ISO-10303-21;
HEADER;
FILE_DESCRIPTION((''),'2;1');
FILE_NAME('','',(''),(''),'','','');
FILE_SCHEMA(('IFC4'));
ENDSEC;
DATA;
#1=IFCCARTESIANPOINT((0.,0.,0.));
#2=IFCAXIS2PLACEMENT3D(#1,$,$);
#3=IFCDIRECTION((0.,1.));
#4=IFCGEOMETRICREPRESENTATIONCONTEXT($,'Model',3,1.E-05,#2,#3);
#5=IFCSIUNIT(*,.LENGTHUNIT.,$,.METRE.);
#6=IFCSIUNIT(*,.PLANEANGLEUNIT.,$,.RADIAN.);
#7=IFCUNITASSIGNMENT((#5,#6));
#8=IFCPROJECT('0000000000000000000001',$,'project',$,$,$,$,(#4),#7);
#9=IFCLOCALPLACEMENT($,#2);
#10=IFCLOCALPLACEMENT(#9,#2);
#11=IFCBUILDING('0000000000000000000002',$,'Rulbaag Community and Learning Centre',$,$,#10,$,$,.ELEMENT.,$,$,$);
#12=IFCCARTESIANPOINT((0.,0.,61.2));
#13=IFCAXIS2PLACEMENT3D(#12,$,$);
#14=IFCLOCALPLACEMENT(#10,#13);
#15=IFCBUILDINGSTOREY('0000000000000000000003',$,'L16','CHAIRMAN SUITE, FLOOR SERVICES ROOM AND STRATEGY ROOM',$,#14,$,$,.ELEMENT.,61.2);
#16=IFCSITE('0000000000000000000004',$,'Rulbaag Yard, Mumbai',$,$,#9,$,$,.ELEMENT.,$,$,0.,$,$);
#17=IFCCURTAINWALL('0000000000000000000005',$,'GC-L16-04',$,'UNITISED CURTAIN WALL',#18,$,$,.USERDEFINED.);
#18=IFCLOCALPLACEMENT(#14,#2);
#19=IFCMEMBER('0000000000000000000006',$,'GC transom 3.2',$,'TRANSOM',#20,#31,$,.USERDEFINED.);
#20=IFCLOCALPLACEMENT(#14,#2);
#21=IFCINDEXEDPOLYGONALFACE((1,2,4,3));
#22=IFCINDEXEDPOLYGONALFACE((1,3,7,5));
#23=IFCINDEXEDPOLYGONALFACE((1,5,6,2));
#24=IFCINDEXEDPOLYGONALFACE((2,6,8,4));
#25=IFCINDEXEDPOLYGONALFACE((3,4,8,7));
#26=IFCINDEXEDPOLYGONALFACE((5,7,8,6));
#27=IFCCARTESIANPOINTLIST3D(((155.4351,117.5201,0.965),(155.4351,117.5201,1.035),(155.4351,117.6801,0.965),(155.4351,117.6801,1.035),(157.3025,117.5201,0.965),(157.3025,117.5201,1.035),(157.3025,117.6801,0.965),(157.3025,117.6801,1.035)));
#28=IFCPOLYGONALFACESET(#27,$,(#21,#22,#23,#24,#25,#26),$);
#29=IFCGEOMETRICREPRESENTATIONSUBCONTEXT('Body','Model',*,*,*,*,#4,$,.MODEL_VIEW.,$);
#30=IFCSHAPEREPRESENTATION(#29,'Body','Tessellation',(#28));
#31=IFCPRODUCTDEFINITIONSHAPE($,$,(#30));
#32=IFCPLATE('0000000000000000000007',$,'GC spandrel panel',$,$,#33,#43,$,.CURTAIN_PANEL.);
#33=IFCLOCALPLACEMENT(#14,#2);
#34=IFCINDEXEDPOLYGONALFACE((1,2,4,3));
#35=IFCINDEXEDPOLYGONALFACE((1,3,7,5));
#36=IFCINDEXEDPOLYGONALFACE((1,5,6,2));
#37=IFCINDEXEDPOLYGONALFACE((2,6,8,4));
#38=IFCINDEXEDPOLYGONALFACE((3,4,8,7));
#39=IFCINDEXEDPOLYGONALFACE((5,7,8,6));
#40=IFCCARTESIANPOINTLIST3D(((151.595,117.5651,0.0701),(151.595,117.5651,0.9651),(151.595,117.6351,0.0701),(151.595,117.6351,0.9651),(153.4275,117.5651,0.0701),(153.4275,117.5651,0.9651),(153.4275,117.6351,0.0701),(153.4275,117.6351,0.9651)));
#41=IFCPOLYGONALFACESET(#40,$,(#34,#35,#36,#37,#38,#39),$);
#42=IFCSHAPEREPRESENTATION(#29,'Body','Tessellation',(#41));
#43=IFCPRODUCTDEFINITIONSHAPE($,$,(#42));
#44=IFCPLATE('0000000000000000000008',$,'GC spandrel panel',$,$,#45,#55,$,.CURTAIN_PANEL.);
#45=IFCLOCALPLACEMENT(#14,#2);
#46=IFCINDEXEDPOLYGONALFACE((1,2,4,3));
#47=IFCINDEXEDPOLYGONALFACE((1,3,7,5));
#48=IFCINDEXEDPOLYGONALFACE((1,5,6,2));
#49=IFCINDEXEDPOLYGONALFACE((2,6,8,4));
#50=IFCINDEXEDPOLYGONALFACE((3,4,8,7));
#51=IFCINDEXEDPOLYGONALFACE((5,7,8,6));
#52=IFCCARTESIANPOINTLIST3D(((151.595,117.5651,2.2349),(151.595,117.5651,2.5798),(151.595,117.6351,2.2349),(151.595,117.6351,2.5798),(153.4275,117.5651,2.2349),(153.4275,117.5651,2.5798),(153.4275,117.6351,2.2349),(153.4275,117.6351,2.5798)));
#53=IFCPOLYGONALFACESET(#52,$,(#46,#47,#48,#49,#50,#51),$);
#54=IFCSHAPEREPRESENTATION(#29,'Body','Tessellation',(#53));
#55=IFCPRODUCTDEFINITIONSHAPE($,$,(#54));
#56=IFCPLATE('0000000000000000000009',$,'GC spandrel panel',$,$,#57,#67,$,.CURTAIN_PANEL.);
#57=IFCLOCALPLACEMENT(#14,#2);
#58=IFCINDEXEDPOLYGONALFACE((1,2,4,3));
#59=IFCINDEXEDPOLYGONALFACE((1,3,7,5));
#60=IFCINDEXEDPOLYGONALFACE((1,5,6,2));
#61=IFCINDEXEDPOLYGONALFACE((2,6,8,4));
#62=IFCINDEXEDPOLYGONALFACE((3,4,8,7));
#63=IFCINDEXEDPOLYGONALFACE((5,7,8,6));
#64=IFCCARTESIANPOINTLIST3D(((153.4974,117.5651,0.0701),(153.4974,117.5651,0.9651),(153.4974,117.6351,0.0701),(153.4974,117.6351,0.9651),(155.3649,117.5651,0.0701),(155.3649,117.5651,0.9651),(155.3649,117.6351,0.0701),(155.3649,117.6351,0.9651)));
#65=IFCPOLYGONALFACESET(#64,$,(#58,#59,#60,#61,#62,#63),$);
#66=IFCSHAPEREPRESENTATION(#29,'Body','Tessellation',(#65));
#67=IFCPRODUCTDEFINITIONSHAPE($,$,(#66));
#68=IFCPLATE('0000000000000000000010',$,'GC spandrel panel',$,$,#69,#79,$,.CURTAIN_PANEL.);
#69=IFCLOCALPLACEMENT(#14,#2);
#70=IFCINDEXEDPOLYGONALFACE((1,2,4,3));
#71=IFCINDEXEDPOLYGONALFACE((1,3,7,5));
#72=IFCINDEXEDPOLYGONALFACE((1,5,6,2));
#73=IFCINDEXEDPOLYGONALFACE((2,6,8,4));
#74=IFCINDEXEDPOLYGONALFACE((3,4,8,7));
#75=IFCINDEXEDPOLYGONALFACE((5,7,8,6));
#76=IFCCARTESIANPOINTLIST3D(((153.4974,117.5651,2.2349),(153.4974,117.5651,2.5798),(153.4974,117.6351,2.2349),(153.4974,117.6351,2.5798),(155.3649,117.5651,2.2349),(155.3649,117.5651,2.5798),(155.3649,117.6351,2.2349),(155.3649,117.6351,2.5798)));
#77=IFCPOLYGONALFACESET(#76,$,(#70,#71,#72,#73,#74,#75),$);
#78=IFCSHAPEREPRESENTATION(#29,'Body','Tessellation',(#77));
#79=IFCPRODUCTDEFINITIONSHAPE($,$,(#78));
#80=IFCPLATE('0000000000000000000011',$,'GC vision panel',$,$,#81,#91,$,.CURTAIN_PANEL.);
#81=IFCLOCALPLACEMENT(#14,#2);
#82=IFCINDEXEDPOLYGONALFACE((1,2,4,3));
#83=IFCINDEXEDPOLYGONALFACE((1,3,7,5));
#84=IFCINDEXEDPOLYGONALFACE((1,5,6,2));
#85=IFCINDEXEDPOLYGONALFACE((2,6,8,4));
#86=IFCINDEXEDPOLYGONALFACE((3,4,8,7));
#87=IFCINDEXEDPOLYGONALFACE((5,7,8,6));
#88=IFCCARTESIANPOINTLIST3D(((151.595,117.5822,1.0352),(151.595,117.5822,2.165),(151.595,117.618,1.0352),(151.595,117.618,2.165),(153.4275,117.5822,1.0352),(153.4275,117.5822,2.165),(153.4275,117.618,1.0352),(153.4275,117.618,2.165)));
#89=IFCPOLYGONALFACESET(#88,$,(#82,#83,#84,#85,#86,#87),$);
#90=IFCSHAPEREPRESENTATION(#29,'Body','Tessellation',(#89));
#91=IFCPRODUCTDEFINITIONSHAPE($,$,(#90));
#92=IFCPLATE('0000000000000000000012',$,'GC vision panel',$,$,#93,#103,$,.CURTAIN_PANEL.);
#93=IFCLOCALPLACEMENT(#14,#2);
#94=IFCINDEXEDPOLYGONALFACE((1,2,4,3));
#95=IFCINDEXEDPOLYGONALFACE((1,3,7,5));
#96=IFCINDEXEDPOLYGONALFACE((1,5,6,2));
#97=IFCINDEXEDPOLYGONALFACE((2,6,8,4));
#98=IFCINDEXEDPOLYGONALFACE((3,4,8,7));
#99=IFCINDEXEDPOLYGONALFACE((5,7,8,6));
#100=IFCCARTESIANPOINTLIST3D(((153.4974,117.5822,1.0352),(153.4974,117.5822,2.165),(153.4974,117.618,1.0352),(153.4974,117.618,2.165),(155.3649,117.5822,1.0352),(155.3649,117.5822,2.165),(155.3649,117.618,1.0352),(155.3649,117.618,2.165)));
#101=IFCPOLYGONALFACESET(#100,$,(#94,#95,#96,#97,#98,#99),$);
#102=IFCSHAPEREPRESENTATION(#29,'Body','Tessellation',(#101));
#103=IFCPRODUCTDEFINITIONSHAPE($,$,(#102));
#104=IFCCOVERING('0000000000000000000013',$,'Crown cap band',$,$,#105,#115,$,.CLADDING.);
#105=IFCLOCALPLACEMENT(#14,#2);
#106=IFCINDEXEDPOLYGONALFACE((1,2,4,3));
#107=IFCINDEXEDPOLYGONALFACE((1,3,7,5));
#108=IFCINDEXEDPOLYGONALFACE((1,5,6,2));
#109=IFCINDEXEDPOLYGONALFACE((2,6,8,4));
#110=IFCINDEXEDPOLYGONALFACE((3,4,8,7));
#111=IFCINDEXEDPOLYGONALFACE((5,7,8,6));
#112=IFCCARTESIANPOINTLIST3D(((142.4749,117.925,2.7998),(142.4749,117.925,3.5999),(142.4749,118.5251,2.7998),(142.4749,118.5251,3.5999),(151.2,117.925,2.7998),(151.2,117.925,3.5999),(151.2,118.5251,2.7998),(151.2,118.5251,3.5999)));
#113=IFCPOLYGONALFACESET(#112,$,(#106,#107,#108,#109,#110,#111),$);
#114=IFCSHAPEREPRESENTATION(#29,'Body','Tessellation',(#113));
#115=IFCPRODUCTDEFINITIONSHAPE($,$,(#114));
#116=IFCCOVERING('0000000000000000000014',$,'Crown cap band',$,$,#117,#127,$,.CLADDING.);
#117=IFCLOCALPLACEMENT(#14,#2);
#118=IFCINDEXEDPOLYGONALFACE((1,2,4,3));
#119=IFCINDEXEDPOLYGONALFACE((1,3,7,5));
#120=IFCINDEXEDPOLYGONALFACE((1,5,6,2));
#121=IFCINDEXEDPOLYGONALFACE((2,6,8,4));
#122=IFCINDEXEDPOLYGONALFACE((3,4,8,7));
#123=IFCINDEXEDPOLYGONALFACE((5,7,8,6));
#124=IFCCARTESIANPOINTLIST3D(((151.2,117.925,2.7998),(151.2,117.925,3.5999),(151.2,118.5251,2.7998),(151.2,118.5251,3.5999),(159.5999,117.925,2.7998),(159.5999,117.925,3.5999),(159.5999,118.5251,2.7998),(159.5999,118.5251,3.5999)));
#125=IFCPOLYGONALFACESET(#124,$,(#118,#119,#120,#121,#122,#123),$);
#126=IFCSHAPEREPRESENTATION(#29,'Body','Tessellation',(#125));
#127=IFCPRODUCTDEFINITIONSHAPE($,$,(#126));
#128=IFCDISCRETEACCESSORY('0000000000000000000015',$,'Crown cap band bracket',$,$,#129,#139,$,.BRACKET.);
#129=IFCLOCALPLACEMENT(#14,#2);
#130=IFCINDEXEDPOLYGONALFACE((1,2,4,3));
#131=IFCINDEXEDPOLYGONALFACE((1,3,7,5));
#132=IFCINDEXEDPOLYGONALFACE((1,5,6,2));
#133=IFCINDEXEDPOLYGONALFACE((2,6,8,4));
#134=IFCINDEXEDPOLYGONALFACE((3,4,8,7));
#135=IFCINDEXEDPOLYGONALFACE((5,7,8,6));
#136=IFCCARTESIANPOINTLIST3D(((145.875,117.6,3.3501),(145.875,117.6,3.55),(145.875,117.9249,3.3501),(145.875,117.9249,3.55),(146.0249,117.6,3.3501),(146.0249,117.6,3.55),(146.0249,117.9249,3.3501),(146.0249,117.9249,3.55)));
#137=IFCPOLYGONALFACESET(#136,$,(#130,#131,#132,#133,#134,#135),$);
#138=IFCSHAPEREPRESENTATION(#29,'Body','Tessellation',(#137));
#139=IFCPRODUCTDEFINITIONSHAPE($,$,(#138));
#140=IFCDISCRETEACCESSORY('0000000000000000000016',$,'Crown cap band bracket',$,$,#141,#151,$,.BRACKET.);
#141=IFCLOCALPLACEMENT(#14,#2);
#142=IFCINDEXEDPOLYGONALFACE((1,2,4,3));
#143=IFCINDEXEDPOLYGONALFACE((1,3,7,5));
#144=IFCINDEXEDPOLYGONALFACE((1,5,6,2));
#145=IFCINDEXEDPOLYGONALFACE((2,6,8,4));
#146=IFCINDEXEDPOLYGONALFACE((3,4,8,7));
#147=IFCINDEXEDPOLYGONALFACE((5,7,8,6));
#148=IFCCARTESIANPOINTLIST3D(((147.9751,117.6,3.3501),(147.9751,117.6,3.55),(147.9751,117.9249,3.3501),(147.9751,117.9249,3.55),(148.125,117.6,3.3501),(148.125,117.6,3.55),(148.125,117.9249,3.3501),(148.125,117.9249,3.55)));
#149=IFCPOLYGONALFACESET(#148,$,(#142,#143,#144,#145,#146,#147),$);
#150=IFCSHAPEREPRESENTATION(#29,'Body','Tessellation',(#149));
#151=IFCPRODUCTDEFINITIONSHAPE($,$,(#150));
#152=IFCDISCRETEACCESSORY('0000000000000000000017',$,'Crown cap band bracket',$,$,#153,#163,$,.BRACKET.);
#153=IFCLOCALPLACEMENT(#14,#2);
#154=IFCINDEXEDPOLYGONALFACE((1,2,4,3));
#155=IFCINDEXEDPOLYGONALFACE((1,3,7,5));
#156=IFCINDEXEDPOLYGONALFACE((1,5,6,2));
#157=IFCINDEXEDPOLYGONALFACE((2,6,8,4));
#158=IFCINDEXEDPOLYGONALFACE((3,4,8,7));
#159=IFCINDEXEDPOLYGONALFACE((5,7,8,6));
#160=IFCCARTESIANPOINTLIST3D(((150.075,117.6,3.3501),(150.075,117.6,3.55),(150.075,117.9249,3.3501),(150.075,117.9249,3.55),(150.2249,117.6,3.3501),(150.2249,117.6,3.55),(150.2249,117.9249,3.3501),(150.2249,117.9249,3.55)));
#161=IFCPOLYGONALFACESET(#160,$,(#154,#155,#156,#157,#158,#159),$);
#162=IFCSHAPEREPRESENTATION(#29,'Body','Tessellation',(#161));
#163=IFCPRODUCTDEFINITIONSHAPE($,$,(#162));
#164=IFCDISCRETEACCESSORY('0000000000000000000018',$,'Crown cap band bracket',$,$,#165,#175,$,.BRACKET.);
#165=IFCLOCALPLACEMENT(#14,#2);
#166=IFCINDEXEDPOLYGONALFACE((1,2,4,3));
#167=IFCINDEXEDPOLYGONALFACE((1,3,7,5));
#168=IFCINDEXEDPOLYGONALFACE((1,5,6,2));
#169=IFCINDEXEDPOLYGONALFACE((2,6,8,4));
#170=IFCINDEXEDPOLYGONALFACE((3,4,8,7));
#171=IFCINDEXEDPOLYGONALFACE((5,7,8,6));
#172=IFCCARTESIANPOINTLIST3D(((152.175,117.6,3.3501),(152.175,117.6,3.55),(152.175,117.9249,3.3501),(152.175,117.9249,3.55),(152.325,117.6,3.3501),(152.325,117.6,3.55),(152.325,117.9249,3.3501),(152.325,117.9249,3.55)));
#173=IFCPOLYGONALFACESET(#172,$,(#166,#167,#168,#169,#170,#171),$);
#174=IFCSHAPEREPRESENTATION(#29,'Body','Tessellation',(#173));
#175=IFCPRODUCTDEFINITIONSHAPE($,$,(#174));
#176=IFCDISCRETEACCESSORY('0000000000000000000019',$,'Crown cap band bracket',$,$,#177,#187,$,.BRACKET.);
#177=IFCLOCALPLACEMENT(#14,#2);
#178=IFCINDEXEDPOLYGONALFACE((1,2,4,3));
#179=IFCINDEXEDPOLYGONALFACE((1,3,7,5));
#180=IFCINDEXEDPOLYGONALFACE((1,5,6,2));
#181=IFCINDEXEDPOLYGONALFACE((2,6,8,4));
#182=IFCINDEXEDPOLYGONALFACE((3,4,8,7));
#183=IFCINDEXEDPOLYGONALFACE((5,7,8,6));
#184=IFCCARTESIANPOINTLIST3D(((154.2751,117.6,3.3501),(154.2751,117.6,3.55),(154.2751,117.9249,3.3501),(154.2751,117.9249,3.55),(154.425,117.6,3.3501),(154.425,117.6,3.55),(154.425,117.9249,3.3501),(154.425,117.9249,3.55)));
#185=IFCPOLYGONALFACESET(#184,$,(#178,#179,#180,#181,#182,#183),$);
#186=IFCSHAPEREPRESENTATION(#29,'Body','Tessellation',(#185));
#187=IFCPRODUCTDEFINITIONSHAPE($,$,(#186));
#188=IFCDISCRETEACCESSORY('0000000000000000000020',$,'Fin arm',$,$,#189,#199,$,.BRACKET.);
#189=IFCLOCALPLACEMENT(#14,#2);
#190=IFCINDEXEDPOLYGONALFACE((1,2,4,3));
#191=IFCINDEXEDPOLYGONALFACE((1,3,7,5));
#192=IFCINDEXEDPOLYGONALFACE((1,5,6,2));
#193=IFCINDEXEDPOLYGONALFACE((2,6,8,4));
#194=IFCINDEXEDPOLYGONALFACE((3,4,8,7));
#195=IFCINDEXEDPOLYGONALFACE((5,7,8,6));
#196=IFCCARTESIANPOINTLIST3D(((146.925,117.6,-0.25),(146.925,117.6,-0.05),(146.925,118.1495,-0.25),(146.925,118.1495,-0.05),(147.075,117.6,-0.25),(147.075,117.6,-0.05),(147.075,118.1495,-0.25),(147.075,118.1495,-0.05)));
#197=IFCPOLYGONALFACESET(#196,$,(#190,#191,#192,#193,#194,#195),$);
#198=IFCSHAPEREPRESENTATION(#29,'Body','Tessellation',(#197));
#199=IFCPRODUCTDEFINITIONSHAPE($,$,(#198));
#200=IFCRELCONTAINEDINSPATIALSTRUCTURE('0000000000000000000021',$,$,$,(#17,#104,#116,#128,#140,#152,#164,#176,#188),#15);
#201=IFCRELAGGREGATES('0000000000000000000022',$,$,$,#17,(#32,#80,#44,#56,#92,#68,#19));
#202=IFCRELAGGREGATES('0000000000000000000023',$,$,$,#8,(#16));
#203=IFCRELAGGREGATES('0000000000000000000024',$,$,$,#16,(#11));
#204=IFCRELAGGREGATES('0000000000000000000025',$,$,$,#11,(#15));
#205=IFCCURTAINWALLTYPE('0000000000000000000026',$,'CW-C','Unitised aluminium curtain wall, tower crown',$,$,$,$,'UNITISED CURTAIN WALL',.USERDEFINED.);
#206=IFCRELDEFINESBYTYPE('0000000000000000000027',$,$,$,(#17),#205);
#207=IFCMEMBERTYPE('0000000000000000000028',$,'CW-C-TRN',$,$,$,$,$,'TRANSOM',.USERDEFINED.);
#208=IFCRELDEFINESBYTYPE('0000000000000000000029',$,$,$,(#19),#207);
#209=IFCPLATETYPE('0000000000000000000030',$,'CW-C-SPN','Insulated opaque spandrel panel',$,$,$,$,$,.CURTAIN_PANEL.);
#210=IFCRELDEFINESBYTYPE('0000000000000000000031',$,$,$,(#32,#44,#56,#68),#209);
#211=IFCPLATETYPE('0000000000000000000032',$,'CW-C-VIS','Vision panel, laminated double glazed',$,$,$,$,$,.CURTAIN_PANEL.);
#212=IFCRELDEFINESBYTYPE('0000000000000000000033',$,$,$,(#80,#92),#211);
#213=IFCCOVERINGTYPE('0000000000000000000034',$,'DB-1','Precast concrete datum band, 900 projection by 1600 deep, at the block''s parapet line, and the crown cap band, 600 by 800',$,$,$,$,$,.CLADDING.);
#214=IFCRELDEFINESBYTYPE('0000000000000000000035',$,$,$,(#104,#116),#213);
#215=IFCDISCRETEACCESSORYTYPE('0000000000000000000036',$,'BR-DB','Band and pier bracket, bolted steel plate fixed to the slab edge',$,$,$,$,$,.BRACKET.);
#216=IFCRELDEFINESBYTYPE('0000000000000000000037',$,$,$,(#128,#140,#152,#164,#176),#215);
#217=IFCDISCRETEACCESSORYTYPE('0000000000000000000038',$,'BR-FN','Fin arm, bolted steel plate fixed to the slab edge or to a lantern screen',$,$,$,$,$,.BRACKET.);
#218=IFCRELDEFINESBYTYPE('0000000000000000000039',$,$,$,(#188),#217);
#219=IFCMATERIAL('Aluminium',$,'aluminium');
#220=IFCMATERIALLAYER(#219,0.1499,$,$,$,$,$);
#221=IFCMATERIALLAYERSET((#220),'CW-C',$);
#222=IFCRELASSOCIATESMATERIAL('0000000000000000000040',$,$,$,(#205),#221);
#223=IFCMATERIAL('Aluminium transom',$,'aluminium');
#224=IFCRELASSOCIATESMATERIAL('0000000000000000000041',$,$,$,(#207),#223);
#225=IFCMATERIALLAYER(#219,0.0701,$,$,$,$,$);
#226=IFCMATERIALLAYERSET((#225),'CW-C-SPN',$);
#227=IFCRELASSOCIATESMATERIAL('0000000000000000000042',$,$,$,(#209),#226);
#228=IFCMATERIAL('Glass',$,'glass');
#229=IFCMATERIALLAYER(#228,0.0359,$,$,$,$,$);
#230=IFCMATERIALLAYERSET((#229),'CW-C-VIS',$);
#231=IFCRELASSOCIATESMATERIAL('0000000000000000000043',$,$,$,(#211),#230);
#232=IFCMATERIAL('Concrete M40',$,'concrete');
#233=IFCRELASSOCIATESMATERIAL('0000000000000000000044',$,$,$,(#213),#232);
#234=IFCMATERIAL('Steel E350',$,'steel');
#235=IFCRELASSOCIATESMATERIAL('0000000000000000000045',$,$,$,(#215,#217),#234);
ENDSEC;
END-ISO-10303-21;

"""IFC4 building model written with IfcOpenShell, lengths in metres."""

from ifc_helpers import new_model, si_unit, direction, frame, origin, origin_2d, place, context, subcontext, project, spatial, rectangle, extrude, material, layer, layer_set, material_profile, profile_set, type_object, element, aggregate, save


model = new_model("IFC4")

# Units and contexts
model_context = context("Model", 3, precision=1e-05, world=origin(), true_north=direction((0.0, 1.0)))
body_context = subcontext(model_context, "Body", "Model", "MODEL_VIEW")
ifc_project = project(units=[si_unit("LENGTHUNIT", "METRE"), si_unit("PLANEANGLEUNIT", "RADIAN")], contexts=[model_context])

# Site, building, storey
site_placement = place(None, origin())
site = spatial("IfcSite", under=ifc_project, at=site_placement, Name="Rulbaag Yard, Mumbai", CompositionType="ELEMENT", RefElevation=0.0)
building_placement = place(site_placement, origin())
building = spatial("IfcBuilding", under=site, at=building_placement, Name="Rulbaag Community and Learning Centre", CompositionType="ELEMENT")
storey_placement = place(building_placement, frame((0.0, 0.0, 61.2)))
storey = spatial("IfcBuildingStorey", under=building, at=storey_placement, Name="L16", Description="CHAIRMAN SUITE, FLOOR SERVICES ROOM AND STRATEGY ROOM", CompositionType="ELEMENT", Elevation=61.2)

# Shared definitions
ifc_material_1 = material(Name="Concrete M40", Category="concrete")

# Curtain wall, member, plates
ifc_material_2 = material(Name="Aluminium", Category="aluminium")
ifc_layer_1 = layer(ifc_material_2, 0.1499)
ifc_layer_set_1 = layer_set([ifc_layer_1], Name="CW-C")
curtain_wall_type = type_object("IfcCurtainWallType", Name="CW-C", Description="Unitised aluminium curtain wall, tower crown", ElementType="UNITISED CURTAIN WALL", PredefinedType="USERDEFINED", material=ifc_layer_set_1)
curtain_wall_placement = place(storey_placement, origin())
curtain_wall = element("IfcCurtainWall", 1, at=curtain_wall_placement, inside=storey, type_object=curtain_wall_type, Name="GC-L16-04", ObjectType="UNITISED CURTAIN WALL", PredefinedType="USERDEFINED")
ifc_material_3 = material(Name="Aluminium transom", Category="aluminium")
ifc_material_profile_1 = material_profile(ifc_material_3, rectangle(XDim=0.1599, YDim=0.0701, at=origin_2d()), Name="AL 70x160 T")
ifc_profile_set_1 = profile_set([ifc_material_profile_1], Name="Aluminium transom")
member_type_1 = type_object("IfcMemberType", Name="CW-C-TRN", ElementType="TRANSOM", PredefinedType="USERDEFINED", material=ifc_profile_set_1)
member_1_placement = place(storey_placement, frame((155.4351, 117.6001, 1.0), z_axis=(1.0, 0.0, 0.0), x_axis=(0.0, 1.0, 0.0)))
member_1 = element("IfcMember", 2, at=member_1_placement, type_object=member_type_1, Name="GC transom 3.2", ObjectType="TRANSOM", PredefinedType="USERDEFINED", context=body_context, shape_type="SweptSolid", body=[
    extrude(rectangle(XDim=0.1599, YDim=0.0701, at=origin_2d()), origin(), (0.0, 0.0, 1.0), 1.8674),
])
ifc_layer_2 = layer(ifc_material_2, 0.0701)
ifc_layer_set_2 = layer_set([ifc_layer_2], Name="CW-C-SPN")
plate_type_1 = type_object("IfcPlateType", Name="CW-C-SPN", Description="Insulated opaque spandrel panel", PredefinedType="CURTAIN_PANEL", material=ifc_layer_set_2)
plate_1_placement = place(storey_placement, frame((152.5112, 117.6001, 0.0701), z_axis=(0.0, 0.0, 1.0), x_axis=(1.0, 0.0, 0.0)))
plate_1 = element("IfcPlate", 3, at=plate_1_placement, type_object=plate_type_1, Name="GC spandrel panel", PredefinedType="CURTAIN_PANEL", context=body_context, shape_type="SweptSolid", body=[
    extrude(rectangle(XDim=1.8325, YDim=0.0701, at=origin_2d()), origin(), (0.0, 0.0, 1.0), 0.895),
])
plate_2_placement = place(storey_placement, frame((152.5112, 117.6001, 2.2349), z_axis=(0.0, 0.0, 1.0), x_axis=(1.0, 0.0, 0.0)))
plate_2 = element("IfcPlate", 4, at=plate_2_placement, type_object=plate_type_1, Name="GC spandrel panel", PredefinedType="CURTAIN_PANEL", context=body_context, shape_type="SweptSolid", body=[
    extrude(rectangle(XDim=1.8325, YDim=0.0701, at=origin_2d()), origin(), (0.0, 0.0, 1.0), 0.345),
])
plate_3_placement = place(storey_placement, frame((154.4312, 117.6001, 0.0701), z_axis=(0.0, 0.0, 1.0), x_axis=(1.0, 0.0, 0.0)))
plate_3 = element("IfcPlate", 5, at=plate_3_placement, type_object=plate_type_1, Name="GC spandrel panel", PredefinedType="CURTAIN_PANEL", context=body_context, shape_type="SweptSolid", body=[
    extrude(rectangle(XDim=1.8674, YDim=0.0701, at=origin_2d()), origin(), (0.0, 0.0, 1.0), 0.895),
])
plate_4_placement = place(storey_placement, frame((154.4312, 117.6001, 2.2349), z_axis=(0.0, 0.0, 1.0), x_axis=(1.0, 0.0, 0.0)))
plate_4 = element("IfcPlate", 6, at=plate_4_placement, type_object=plate_type_1, Name="GC spandrel panel", PredefinedType="CURTAIN_PANEL", context=body_context, shape_type="SweptSolid", body=[
    extrude(rectangle(XDim=1.8674, YDim=0.0701, at=origin_2d()), origin(), (0.0, 0.0, 1.0), 0.345),
])
ifc_material_4 = material(Name="Glass", Category="glass")
ifc_layer_3 = layer(ifc_material_4, 0.0359)
ifc_layer_set_3 = layer_set([ifc_layer_3], Name="CW-C-VIS")
plate_type_2 = type_object("IfcPlateType", Name="CW-C-VIS", Description="Vision panel, laminated double glazed", PredefinedType="CURTAIN_PANEL", material=ifc_layer_set_3)
plate_5_placement = place(storey_placement, frame((152.5112, 117.6001, 1.0352), z_axis=(0.0, 0.0, 1.0), x_axis=(1.0, 0.0, 0.0)))
plate_5 = element("IfcPlate", 7, at=plate_5_placement, type_object=plate_type_2, Name="GC vision panel", PredefinedType="CURTAIN_PANEL", context=body_context, shape_type="SweptSolid", body=[
    extrude(rectangle(XDim=1.8325, YDim=0.0359, at=origin_2d()), origin(), (0.0, 0.0, 1.0), 1.1299),
])
plate_6_placement = place(storey_placement, frame((154.4312, 117.6001, 1.0352), z_axis=(0.0, 0.0, 1.0), x_axis=(1.0, 0.0, 0.0)))
plate_6 = element("IfcPlate", 8, at=plate_6_placement, type_object=plate_type_2, Name="GC vision panel", PredefinedType="CURTAIN_PANEL", context=body_context, shape_type="SweptSolid", body=[
    extrude(rectangle(XDim=1.8674, YDim=0.0359, at=origin_2d()), origin(), (0.0, 0.0, 1.0), 1.1299),
])
aggregate(curtain_wall, [plate_1, plate_5, plate_2, plate_3, plate_6, plate_4, member_1])

# Coverings
covering_type = type_object("IfcCoveringType", Name="DB-1", Description="Precast concrete datum band, 900 projection by 1600 deep, at the block's parapet line, and the crown cap band, 600 by 800", PredefinedType="CLADDING", material=ifc_material_1)
covering_1_placement = place(storey_placement, frame((146.8374, 118.2251, 2.7998), z_axis=(0.0, 0.0, 1.0), x_axis=(1.0, 0.0, 0.0)))
element("IfcCovering", 9, at=covering_1_placement, inside=storey, type_object=covering_type, Name="Crown cap band", PredefinedType="CLADDING", context=body_context, shape_type="SweptSolid", body=[
    extrude(rectangle(XDim=8.7251, YDim=0.6001, at=origin_2d()), origin(), (0.0, 0.0, 1.0), 0.8),
])
covering_2_placement = place(storey_placement, frame((155.3999, 118.2251, 2.7998), z_axis=(0.0, 0.0, 1.0), x_axis=(1.0, 0.0, 0.0)))
element("IfcCovering", 10, at=covering_2_placement, inside=storey, type_object=covering_type, Name="Crown cap band", PredefinedType="CLADDING", context=body_context, shape_type="SweptSolid", body=[
    extrude(rectangle(XDim=8.3999, YDim=0.6001, at=origin_2d()), origin(), (0.0, 0.0, 1.0), 0.8),
])

# Discrete accessories
ifc_material_5 = material(Name="Steel E350", Category="steel")
discrete_accessory_type_1 = type_object("IfcDiscreteAccessoryType", Name="BR-DB", Description="Band and pier bracket, bolted steel plate fixed to the slab edge", PredefinedType="BRACKET", material=ifc_material_5)
for number, where, z_axis, x_axis, name in (
    (11, (145.95, 117.7625, 3.3501), (0.0, 0.0, 1.0), (1.0, 0.0, 0.0), "Crown cap band bracket"),
    (12, (148.05, 117.7625, 3.3501), (0.0, 0.0, 1.0), (1.0, 0.0, 0.0), "Crown cap band bracket"),
    (13, (150.1499, 117.7625, 3.3501), (0.0, 0.0, 1.0), (1.0, 0.0, 0.0), "Crown cap band bracket"),
    (14, (152.25, 117.7625, 3.3501), (0.0, 0.0, 1.0), (1.0, 0.0, 0.0), "Crown cap band bracket"),
    (15, (154.3501, 117.7625, 3.3501), (0.0, 0.0, 1.0), (1.0, 0.0, 0.0), "Crown cap band bracket"),
):
    element("IfcDiscreteAccessory", number, at=place(storey_placement, frame(where, z_axis=z_axis, x_axis=x_axis)), inside=storey, type_object=discrete_accessory_type_1, Name=name, PredefinedType="BRACKET", context=body_context, shape_type="SweptSolid", body=[
        extrude(rectangle(XDim=0.1499, YDim=0.325, at=origin_2d()), origin(), (0.0, 0.0, 1.0), 0.2),
    ])
discrete_accessory_type_2 = type_object("IfcDiscreteAccessoryType", Name="BR-FN", Description="Fin arm, bolted steel plate fixed to the slab edge or to a lantern screen", PredefinedType="BRACKET", material=ifc_material_5)
for number, where, z_axis, x_axis, name in (
    (16, (147.0, 117.8748, -0.25), (0.0, 0.0, 1.0), (1.0, 0.0, 0.0), "Fin arm"),
):
    element("IfcDiscreteAccessory", number, at=place(storey_placement, frame(where, z_axis=z_axis, x_axis=x_axis)), inside=storey, type_object=discrete_accessory_type_2, Name=name, PredefinedType="BRACKET", context=body_context, shape_type="SweptSolid", body=[
        extrude(rectangle(XDim=0.1499, YDim=0.5496, at=origin_2d()), origin(), (0.0, 0.0, 1.0), 0.2),
    ])

save(model, "model.ifc")
